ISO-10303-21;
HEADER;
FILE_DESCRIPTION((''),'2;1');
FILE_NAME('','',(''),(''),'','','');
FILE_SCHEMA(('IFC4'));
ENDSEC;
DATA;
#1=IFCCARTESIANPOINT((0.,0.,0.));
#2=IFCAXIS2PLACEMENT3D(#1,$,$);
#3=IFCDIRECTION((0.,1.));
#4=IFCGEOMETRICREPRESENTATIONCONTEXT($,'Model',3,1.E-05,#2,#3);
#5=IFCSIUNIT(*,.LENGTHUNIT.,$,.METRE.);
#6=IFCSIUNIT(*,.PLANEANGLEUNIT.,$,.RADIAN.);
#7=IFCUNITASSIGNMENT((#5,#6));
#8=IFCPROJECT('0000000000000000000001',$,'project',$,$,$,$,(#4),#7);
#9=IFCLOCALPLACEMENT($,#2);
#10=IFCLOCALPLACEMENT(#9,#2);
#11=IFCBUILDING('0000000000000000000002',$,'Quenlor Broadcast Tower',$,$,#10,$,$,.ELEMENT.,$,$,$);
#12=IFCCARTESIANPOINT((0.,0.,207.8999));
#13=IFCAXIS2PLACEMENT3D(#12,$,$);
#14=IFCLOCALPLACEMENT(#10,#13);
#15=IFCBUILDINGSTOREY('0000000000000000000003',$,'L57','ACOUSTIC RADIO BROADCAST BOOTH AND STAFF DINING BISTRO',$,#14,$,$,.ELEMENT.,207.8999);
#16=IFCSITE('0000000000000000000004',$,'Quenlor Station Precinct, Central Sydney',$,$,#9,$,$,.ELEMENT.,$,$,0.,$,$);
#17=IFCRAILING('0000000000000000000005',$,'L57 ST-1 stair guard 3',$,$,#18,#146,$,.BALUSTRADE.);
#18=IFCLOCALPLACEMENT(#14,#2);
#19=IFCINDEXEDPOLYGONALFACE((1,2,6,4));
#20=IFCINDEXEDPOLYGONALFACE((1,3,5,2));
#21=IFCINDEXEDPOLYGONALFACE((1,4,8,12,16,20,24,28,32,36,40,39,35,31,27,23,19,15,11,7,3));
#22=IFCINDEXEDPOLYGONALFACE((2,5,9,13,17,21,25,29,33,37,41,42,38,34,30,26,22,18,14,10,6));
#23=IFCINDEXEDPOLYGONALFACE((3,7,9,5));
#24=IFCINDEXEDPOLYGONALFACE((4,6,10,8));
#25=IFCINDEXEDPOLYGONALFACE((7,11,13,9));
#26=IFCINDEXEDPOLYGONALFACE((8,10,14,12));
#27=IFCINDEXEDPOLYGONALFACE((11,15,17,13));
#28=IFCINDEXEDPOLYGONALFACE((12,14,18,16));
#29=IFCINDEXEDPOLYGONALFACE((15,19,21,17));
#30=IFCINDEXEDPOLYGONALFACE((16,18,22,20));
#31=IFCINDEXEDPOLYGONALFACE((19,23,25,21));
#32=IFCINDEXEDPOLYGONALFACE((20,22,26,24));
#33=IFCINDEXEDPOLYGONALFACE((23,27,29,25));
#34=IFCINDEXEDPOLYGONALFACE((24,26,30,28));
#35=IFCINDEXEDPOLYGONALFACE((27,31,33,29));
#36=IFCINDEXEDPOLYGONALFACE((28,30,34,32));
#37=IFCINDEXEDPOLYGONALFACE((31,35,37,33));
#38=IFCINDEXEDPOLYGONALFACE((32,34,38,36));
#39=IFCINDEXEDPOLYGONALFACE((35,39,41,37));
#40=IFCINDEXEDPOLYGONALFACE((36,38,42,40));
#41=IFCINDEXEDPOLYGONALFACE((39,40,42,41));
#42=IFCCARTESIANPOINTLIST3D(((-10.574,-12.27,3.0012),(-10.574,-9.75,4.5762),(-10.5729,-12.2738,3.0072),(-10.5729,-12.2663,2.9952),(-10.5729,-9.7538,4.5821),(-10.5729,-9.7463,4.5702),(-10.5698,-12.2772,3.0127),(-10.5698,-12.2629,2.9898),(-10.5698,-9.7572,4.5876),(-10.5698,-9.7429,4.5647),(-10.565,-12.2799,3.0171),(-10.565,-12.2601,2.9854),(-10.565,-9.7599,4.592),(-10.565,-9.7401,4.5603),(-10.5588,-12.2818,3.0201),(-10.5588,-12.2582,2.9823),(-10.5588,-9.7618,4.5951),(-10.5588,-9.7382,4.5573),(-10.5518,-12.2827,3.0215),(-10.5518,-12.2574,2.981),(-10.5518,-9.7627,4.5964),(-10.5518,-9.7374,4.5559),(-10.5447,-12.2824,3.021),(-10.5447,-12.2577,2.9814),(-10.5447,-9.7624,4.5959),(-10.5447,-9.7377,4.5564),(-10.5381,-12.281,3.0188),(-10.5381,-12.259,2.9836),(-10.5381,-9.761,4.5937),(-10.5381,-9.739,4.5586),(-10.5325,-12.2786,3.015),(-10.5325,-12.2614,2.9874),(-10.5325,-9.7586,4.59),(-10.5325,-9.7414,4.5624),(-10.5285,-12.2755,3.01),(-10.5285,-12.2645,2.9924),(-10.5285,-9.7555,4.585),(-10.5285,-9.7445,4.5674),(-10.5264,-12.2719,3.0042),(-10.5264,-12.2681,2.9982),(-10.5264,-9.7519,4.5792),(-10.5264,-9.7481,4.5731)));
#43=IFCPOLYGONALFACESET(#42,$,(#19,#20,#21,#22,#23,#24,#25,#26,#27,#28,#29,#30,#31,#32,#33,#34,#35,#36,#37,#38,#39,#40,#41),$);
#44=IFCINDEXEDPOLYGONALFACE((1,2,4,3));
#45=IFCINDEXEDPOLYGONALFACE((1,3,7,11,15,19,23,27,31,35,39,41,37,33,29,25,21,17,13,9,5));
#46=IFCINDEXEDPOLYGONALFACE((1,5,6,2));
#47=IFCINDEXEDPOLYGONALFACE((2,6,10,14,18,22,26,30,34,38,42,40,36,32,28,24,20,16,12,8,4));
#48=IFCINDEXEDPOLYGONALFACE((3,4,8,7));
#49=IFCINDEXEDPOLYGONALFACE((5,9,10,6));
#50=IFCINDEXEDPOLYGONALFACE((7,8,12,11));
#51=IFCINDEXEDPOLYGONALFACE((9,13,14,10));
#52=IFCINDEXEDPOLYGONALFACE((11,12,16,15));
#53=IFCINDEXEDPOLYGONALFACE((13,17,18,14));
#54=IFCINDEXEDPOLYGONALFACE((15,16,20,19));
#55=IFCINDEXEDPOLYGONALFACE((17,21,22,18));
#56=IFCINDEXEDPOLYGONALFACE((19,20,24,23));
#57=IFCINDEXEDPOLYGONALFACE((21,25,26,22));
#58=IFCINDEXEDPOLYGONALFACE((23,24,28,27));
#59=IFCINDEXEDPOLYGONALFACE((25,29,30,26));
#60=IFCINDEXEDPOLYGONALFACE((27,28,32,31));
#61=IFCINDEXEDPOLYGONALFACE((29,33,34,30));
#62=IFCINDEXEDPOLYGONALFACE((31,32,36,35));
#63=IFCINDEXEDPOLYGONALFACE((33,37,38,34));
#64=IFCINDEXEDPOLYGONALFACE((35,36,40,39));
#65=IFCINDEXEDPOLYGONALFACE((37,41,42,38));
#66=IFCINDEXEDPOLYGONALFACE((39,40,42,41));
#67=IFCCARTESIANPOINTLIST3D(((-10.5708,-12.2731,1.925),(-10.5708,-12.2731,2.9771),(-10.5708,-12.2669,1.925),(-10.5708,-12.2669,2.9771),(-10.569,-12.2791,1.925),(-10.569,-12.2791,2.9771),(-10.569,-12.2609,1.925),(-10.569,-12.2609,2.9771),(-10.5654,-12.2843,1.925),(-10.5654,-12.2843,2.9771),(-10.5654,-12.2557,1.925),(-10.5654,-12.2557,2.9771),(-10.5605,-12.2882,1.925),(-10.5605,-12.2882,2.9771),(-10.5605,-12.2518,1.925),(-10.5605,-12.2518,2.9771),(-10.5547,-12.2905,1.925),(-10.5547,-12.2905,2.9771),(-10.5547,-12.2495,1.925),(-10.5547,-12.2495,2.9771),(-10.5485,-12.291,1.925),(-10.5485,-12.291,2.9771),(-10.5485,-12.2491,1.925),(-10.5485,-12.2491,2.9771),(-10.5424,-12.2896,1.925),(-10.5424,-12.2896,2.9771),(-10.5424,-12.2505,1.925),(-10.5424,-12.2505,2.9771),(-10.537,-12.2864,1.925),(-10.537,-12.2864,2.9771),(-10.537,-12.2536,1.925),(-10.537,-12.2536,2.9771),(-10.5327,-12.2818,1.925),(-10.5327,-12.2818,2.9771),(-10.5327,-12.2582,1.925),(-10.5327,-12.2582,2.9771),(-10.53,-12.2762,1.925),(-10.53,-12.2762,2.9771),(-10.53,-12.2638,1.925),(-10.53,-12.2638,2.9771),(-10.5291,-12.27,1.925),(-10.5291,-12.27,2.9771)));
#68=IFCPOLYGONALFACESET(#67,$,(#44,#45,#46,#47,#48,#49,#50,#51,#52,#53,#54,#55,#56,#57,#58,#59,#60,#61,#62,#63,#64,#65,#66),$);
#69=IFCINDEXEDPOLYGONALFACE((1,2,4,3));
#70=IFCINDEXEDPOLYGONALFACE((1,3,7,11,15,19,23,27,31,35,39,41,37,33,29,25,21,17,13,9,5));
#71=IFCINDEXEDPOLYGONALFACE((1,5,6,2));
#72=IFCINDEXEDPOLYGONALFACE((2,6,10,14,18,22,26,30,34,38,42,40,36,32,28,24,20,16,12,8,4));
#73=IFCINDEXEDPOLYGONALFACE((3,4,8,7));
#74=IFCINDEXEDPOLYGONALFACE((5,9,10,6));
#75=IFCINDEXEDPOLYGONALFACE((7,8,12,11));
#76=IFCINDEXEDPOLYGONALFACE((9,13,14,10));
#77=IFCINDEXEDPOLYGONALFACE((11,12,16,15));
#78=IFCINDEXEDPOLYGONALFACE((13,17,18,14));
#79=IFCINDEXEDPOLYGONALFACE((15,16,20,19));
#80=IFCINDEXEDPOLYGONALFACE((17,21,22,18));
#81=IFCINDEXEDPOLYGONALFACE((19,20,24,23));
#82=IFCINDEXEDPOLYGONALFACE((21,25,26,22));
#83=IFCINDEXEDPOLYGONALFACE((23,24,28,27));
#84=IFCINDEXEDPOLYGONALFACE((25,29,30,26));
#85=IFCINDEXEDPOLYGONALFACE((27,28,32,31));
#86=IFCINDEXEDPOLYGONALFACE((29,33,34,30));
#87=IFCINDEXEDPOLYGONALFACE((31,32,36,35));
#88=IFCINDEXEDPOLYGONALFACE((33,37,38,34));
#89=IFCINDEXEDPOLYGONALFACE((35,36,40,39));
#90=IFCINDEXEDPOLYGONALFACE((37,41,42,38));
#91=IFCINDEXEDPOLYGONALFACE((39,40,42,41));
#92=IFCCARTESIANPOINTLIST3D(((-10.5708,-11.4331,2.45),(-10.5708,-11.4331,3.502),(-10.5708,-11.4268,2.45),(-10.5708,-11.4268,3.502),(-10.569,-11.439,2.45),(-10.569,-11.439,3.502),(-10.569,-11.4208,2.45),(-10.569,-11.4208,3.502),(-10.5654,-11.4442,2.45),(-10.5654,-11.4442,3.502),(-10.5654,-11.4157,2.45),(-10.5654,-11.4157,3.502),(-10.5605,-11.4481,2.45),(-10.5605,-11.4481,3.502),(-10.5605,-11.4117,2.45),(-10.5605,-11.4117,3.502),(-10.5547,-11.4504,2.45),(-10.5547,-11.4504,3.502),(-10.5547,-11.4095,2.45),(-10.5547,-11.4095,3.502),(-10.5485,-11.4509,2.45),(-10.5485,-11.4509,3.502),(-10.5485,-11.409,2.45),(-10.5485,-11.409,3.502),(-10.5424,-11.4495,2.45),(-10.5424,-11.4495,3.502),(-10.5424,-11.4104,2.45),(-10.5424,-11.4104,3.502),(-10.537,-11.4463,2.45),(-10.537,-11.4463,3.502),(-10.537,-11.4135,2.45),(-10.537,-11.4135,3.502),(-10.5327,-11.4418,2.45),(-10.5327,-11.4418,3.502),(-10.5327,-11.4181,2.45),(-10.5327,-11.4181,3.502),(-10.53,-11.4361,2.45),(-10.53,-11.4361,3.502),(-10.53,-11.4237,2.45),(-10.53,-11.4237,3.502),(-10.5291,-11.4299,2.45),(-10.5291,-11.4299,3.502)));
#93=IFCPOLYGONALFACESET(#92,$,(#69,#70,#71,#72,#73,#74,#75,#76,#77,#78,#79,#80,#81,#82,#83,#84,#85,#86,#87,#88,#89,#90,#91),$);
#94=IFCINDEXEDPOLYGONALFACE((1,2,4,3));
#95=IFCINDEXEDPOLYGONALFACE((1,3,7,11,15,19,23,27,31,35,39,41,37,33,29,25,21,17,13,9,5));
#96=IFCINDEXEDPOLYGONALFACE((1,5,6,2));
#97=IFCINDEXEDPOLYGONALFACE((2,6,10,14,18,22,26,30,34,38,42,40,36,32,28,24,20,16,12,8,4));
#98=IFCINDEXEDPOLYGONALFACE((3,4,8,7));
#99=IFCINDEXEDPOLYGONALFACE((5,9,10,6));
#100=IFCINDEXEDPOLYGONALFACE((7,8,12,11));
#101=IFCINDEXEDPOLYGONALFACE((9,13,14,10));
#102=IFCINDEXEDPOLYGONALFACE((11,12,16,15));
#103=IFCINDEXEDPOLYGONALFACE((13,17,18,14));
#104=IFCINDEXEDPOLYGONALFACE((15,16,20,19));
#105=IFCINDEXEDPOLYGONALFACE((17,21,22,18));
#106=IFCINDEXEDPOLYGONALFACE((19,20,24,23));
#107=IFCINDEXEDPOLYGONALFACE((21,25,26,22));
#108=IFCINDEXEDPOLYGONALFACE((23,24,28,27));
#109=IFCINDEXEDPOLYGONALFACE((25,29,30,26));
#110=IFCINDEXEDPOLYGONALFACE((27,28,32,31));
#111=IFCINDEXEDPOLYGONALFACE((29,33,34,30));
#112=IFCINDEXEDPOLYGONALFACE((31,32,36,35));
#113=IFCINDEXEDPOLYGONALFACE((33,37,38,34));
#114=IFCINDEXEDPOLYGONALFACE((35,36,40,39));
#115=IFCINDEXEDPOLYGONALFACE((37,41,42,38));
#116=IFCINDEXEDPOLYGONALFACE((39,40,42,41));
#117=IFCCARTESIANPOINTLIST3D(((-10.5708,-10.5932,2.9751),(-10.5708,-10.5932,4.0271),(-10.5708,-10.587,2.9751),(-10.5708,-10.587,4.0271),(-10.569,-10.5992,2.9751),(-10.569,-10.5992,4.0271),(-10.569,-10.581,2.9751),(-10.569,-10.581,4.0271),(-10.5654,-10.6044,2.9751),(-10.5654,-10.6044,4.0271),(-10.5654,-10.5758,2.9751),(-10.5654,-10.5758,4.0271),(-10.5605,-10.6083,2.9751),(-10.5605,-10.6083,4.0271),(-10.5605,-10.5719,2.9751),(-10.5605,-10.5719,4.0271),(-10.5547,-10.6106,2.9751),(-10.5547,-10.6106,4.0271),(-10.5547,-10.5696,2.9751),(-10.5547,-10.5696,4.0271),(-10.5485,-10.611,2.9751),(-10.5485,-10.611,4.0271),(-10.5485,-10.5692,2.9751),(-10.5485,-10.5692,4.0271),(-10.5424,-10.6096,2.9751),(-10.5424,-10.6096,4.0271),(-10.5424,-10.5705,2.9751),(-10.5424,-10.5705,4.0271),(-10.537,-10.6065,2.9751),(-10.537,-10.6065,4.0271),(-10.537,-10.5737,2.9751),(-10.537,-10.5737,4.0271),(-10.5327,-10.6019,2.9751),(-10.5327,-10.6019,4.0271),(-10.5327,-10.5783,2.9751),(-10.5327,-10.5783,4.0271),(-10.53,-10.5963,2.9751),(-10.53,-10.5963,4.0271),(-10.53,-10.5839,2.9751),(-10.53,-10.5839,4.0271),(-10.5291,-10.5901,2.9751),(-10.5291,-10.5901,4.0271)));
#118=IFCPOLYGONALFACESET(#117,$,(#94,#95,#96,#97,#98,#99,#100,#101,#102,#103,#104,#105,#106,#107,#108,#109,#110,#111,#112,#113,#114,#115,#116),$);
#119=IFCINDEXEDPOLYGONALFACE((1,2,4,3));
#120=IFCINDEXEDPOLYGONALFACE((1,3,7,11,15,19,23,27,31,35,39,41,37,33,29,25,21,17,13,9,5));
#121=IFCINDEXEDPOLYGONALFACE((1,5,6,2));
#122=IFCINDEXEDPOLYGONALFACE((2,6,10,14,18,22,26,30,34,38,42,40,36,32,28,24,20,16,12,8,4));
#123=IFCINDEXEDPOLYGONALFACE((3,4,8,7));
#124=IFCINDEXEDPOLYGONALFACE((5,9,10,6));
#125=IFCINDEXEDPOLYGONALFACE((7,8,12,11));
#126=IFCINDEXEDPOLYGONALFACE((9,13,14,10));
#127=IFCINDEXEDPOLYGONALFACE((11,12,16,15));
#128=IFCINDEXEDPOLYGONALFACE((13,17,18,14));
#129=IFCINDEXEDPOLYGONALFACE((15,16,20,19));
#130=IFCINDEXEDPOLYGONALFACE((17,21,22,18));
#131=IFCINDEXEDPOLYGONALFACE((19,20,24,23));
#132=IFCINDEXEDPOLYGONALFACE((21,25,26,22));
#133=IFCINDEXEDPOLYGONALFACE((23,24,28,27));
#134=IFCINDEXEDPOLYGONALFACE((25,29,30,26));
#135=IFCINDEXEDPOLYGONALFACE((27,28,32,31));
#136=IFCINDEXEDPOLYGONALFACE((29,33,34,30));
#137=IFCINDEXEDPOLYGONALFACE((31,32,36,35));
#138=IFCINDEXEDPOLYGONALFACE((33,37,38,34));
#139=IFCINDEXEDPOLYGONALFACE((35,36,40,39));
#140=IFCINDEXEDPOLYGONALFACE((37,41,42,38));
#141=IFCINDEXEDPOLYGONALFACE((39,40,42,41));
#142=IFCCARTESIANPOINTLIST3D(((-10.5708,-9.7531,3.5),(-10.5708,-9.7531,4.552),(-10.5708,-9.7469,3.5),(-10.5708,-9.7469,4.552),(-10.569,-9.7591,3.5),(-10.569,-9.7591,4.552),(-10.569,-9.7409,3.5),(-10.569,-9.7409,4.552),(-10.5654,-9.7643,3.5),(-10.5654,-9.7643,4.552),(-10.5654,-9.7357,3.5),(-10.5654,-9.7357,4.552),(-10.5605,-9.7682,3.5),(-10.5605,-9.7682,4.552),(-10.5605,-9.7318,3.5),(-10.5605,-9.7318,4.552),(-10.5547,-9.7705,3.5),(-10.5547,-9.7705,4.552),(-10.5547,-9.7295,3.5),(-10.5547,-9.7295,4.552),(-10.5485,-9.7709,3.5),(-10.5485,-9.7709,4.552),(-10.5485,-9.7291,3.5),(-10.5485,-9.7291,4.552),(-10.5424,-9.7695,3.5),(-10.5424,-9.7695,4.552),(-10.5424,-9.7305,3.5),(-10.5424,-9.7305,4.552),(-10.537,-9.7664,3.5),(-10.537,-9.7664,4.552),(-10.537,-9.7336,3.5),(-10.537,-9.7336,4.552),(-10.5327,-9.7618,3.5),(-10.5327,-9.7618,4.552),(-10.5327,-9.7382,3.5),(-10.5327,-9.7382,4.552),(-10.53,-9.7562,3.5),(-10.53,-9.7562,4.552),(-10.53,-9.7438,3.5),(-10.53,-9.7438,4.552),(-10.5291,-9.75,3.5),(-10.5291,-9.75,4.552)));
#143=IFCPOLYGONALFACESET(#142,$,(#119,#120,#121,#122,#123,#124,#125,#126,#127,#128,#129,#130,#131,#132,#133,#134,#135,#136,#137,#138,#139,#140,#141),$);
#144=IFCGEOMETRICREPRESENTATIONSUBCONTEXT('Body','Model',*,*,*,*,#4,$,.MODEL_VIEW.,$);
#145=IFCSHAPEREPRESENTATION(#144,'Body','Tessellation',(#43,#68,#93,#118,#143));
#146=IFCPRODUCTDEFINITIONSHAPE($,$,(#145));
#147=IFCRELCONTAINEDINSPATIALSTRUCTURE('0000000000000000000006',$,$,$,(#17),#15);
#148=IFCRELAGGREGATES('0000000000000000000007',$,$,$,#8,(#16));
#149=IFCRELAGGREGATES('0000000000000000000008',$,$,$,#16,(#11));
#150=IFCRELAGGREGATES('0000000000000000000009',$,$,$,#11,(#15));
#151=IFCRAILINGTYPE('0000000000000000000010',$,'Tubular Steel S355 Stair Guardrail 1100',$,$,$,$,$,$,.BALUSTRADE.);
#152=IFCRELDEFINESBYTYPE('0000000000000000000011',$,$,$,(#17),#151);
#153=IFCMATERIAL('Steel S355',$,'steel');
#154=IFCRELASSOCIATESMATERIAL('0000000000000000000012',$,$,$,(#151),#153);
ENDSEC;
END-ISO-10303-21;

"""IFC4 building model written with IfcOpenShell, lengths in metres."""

from ifc_helpers import new_model, si_unit, direction, frame, origin, origin_2d, place, context, subcontext, project, spatial, circle, extrude, material, type_object, element, save


model = new_model("IFC4")

# Units and contexts
model_context = context("Model", 3, precision=1e-05, world=origin(), true_north=direction((0.0, 1.0)))
body_context = subcontext(model_context, "Body", "Model", "MODEL_VIEW")
ifc_project = project(units=[si_unit("LENGTHUNIT", "METRE"), si_unit("PLANEANGLEUNIT", "RADIAN")], contexts=[model_context])

# Site, building, storey
site_placement = place(None, origin())
site = spatial("IfcSite", under=ifc_project, at=site_placement, Name="Quenlor Station Precinct, Central Sydney", CompositionType="ELEMENT", RefElevation=0.0)
building_placement = place(site_placement, origin())
building = spatial("IfcBuilding", under=site, at=building_placement, Name="Quenlor Broadcast Tower", CompositionType="ELEMENT")
storey_placement = place(building_placement, frame((0.0, 0.0, 207.8999)))
storey = spatial("IfcBuildingStorey", under=building, at=storey_placement, Name="L57", Description="ACOUSTIC RADIO BROADCAST BOOTH AND STAFF DINING BISTRO", CompositionType="ELEMENT", Elevation=207.8999)

# Railing
ifc_material_1 = material(Name="Steel S355", Category="steel")
railing_type_1 = type_object("IfcRailingType", Name="Tubular Steel S355 Stair Guardrail 1100", PredefinedType="BALUSTRADE", material=ifc_material_1)
railing_1_placement = place(storey_placement, frame((-10.55, -12.27, 1.925)))
element("IfcRailing", 1, at=railing_1_placement, inside=storey, type_object=railing_type_1, Name="L57 ST-1 stair guard 3", PredefinedType="BALUSTRADE", context=body_context, shape_type="SweptSolid", body=[
    extrude(circle(Radius=0.0239, at=origin_2d()), frame((0.0, 0.0, 1.0762), z_axis=(0.0, 0.848008, 0.529984), x_axis=(-1.0, 0.0, 0.0)), (0.0, 0.0, 1.0), 2.9717),
    extrude(circle(Radius=0.021, at=origin_2d()), origin(), (0.0, 0.0, 1.0), 1.052),
    extrude(circle(Radius=0.021, at=origin_2d()), frame((0.0, 0.8401, 0.5249)), (0.0, 0.0, 1.0), 1.052),
    extrude(circle(Radius=0.021, at=origin_2d()), frame((0.0, 1.6799, 1.05)), (0.0, 0.0, 1.0), 1.052),
    extrude(circle(Radius=0.021, at=origin_2d()), frame((0.0, 2.52, 1.575)), (0.0, 0.0, 1.0), 1.052),
])

save(model, "model.ifc")
